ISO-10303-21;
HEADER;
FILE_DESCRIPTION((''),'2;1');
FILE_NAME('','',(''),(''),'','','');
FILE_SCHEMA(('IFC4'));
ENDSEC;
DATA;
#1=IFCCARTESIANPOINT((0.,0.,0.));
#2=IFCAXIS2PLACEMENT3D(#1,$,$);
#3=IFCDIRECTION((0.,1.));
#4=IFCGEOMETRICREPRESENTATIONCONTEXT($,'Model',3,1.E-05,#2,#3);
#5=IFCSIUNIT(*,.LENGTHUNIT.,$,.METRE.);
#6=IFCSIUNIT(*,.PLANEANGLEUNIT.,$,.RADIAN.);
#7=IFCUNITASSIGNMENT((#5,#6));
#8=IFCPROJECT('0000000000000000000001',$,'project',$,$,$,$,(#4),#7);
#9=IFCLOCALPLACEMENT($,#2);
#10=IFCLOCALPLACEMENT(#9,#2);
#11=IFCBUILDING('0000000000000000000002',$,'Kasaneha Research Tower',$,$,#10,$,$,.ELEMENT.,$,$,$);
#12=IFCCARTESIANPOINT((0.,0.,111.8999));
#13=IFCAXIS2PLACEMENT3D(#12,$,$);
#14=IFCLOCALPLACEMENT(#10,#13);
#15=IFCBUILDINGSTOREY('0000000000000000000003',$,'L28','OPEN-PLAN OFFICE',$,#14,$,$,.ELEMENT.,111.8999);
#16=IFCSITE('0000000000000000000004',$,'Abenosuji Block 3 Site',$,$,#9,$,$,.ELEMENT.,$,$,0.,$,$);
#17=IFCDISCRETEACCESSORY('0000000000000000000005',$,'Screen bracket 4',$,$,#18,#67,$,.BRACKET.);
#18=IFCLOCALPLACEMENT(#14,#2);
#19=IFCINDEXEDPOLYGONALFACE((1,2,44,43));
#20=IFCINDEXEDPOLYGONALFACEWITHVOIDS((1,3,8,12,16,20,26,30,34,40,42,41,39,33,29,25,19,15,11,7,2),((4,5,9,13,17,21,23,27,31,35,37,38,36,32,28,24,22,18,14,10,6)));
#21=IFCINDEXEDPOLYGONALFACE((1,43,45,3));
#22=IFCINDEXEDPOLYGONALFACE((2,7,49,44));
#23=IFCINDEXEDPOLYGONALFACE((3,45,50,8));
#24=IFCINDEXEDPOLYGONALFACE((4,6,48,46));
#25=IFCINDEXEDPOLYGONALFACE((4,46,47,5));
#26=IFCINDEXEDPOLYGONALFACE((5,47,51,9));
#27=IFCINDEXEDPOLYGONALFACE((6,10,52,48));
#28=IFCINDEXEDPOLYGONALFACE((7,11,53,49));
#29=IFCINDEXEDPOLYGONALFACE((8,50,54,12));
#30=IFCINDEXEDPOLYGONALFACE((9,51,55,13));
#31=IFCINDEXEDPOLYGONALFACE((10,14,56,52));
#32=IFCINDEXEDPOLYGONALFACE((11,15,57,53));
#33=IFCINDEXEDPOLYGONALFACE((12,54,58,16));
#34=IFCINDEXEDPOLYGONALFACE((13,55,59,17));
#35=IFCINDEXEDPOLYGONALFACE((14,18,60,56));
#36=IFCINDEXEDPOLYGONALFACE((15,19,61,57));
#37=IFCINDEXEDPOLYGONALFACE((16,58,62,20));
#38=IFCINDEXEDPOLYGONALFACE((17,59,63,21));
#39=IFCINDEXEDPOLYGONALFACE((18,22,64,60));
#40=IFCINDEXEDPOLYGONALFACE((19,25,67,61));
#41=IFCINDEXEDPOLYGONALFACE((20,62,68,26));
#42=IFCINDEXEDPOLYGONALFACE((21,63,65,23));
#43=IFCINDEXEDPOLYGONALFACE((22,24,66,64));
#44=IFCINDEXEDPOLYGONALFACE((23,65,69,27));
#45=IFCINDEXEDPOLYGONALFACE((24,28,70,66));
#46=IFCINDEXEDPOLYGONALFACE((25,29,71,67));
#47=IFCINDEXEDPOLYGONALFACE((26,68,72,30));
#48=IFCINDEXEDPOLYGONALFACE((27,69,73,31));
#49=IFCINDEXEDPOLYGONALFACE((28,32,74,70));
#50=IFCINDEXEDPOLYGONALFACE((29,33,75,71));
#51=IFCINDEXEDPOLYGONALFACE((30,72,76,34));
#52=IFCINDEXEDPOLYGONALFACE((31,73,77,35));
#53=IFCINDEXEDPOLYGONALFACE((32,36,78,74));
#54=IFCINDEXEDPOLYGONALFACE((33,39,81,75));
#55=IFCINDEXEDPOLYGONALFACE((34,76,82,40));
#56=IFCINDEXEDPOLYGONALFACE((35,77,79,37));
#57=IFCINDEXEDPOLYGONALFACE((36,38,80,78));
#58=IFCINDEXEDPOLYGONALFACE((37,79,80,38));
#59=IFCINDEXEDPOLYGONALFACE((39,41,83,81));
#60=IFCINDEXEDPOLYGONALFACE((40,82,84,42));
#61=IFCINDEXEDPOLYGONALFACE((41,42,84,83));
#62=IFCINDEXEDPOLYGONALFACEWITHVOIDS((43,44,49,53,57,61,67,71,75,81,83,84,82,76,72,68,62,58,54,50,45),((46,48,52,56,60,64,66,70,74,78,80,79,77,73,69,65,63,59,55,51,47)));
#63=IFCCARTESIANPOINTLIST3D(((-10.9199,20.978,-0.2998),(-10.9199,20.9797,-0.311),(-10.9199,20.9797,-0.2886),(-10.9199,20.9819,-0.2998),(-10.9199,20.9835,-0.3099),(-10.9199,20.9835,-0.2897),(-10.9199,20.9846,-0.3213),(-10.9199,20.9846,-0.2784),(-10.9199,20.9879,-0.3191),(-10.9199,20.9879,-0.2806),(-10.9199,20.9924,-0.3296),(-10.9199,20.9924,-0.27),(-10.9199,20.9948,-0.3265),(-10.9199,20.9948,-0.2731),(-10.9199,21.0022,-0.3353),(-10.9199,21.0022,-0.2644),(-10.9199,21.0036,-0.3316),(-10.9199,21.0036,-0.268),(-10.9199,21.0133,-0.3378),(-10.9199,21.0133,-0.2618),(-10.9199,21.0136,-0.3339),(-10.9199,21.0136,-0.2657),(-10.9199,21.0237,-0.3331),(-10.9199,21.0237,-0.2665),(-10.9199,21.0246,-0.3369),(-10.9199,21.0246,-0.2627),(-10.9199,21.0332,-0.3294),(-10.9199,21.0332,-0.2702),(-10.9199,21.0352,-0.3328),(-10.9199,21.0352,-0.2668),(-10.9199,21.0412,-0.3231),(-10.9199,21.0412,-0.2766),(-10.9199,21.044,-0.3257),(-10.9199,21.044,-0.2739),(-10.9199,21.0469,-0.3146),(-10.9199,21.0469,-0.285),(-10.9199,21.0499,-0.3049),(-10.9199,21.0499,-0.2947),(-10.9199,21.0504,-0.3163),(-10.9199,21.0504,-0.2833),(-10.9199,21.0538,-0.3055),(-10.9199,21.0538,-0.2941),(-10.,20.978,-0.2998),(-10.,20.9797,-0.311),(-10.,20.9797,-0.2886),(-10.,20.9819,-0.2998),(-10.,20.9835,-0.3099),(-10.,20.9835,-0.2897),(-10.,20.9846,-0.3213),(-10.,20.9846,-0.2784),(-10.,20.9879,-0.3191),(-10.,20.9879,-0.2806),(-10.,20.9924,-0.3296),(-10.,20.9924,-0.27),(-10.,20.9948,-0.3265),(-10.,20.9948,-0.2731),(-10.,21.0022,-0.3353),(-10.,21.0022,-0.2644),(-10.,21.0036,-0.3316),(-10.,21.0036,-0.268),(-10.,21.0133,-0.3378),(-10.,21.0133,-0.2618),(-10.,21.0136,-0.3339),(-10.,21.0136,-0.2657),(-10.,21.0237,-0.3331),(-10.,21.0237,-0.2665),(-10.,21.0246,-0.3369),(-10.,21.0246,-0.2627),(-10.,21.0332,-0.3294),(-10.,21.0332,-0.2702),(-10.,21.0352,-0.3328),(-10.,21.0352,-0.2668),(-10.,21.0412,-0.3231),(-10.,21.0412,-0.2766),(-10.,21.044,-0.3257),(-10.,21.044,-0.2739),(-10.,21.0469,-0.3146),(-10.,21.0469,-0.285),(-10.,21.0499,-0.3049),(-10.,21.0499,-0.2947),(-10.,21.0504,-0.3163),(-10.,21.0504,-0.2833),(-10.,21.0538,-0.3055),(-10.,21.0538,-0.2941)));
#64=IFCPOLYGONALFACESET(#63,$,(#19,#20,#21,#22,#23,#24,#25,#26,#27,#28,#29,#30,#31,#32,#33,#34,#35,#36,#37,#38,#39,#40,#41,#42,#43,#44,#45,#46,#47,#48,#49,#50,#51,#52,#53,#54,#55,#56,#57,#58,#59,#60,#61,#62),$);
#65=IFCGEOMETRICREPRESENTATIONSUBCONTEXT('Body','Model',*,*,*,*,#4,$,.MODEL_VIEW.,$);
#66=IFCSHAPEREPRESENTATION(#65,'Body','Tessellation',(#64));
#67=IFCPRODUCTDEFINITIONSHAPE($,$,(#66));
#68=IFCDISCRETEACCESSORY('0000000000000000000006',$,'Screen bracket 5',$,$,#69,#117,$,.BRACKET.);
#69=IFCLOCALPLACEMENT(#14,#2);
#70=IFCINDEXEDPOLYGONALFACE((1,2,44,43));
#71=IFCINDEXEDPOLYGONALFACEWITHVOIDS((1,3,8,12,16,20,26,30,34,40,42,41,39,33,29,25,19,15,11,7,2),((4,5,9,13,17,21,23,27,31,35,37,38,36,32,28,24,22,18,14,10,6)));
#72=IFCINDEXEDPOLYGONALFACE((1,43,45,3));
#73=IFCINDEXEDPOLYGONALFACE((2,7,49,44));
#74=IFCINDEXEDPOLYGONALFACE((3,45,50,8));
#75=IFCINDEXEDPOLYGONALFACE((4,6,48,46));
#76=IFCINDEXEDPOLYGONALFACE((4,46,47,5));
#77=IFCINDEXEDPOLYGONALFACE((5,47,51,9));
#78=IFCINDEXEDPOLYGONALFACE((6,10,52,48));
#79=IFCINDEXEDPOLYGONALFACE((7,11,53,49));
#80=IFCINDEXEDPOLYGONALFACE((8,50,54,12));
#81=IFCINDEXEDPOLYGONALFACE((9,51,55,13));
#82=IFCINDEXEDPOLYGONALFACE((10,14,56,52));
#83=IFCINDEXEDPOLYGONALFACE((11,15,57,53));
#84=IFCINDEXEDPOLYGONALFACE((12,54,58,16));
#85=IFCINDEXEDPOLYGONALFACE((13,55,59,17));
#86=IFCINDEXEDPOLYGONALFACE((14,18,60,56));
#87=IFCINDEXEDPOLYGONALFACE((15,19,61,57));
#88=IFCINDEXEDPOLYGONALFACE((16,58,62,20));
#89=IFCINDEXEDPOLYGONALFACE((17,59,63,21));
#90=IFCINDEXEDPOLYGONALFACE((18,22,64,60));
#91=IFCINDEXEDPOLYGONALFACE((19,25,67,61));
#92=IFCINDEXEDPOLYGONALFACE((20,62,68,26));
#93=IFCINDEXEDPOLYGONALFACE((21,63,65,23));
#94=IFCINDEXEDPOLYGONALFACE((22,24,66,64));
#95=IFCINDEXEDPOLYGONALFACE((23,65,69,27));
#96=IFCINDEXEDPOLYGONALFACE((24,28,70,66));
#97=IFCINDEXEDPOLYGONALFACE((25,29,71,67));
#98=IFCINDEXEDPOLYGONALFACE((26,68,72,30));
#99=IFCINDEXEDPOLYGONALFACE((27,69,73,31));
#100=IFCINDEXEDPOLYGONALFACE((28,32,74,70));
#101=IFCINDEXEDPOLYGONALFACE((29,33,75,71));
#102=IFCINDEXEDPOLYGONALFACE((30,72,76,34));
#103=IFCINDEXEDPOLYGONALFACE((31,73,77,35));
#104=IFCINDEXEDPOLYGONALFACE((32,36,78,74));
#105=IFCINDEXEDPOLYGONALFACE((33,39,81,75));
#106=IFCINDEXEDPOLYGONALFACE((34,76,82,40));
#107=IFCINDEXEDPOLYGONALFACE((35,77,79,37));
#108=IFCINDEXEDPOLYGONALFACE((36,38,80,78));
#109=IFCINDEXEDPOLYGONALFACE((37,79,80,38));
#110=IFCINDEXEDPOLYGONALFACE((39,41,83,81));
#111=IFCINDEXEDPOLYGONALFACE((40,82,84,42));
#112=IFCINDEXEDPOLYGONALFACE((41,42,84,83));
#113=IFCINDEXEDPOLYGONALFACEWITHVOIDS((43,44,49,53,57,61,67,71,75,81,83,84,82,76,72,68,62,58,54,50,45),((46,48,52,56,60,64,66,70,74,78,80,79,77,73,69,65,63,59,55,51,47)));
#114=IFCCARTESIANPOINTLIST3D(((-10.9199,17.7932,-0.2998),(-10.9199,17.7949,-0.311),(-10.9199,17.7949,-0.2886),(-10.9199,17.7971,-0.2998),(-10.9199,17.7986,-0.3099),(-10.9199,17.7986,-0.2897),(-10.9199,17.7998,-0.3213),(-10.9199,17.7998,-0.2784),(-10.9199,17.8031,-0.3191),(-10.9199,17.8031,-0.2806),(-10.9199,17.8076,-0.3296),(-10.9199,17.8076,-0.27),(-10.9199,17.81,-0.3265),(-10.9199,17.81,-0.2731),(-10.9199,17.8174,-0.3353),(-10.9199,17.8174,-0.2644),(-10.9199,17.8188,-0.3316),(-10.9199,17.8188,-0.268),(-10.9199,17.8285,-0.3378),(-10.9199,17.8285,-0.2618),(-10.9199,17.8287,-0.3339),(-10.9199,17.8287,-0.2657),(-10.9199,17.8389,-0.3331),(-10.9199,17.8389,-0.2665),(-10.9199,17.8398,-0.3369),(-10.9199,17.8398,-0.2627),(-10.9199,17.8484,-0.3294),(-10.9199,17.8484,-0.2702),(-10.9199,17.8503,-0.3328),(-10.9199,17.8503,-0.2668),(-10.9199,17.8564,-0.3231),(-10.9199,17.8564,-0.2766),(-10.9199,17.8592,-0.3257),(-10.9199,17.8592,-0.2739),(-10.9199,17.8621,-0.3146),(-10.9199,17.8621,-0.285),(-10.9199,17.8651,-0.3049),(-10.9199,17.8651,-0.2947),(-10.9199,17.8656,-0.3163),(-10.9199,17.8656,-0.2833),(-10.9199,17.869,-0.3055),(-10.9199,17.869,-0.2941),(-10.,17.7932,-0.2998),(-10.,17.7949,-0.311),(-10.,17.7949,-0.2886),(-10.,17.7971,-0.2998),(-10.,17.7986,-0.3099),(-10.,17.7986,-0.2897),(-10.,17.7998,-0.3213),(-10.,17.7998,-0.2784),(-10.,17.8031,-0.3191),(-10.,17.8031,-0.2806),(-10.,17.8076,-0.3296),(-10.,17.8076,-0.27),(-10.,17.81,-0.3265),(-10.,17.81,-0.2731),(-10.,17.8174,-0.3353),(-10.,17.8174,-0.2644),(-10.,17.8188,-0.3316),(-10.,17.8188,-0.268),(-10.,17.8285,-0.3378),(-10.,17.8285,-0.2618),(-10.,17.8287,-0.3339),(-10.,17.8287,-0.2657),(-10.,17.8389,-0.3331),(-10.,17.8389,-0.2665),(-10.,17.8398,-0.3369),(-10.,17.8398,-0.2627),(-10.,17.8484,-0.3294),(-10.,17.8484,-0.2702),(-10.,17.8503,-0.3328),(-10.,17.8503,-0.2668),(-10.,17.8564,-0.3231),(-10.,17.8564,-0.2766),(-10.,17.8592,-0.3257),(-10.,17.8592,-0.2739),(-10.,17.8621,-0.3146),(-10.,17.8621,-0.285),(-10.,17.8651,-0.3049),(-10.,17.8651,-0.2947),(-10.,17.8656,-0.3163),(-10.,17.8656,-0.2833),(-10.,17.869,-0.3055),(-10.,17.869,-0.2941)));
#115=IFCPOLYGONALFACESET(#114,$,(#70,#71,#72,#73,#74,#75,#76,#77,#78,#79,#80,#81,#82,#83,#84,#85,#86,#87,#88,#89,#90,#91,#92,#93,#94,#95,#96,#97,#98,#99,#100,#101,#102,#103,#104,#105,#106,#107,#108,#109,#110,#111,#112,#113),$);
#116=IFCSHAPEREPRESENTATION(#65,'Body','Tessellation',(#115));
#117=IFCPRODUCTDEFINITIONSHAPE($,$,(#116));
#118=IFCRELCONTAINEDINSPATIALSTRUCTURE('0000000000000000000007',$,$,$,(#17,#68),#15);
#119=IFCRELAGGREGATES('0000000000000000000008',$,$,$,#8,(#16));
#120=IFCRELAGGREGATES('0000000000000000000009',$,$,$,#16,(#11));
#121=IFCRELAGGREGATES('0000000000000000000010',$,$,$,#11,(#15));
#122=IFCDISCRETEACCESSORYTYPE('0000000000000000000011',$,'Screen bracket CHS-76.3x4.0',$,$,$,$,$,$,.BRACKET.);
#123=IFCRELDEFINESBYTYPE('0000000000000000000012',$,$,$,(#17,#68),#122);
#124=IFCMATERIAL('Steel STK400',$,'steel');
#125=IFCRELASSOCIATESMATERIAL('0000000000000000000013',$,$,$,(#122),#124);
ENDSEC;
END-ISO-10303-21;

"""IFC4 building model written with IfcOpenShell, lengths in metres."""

from ifc_helpers import new_model, si_unit, direction, frame, origin, origin_2d, place, context, subcontext, project, spatial, hollow_circle, extrude, material, material_profile, profile_set, type_object, element, save


model = new_model("IFC4")

# Units and contexts
model_context = context("Model", 3, precision=1e-05, world=origin(), true_north=direction((0.0, 1.0)))
body_context = subcontext(model_context, "Body", "Model", "MODEL_VIEW")
ifc_project = project(units=[si_unit("LENGTHUNIT", "METRE"), si_unit("PLANEANGLEUNIT", "RADIAN")], contexts=[model_context])

# Site, building, storey
site_placement = place(None, origin())
site = spatial("IfcSite", under=ifc_project, at=site_placement, Name="Abenosuji Block 3 Site", CompositionType="ELEMENT", RefElevation=0.0)
building_placement = place(site_placement, origin())
building = spatial("IfcBuilding", under=site, at=building_placement, Name="Kasaneha Research Tower", CompositionType="ELEMENT")
storey_placement = place(building_placement, frame((0.0, 0.0, 111.8999)))
storey = spatial("IfcBuildingStorey", under=building, at=storey_placement, Name="L28", Description="OPEN-PLAN OFFICE", CompositionType="ELEMENT", Elevation=111.8999)

# Discrete accessories
ifc_material_1 = material(Name="Steel STK400", Category="steel")
ifc_material_profile_1 = material_profile(ifc_material_1, hollow_circle(Radius=0.0381, WallThickness=0.0039, at=origin_2d()), Name="CHS-76.3x4.0")
ifc_profile_set_1 = profile_set([ifc_material_profile_1], Name="Steel STK400")
discrete_accessory_type = type_object("IfcDiscreteAccessoryType", Name="Screen bracket CHS-76.3x4.0", PredefinedType="BRACKET", material=ifc_profile_set_1)
for number, where, z_axis, x_axis, name in (
    (1, (-10.0, 21.0161, -0.2998), (-1.0, 0.0, 0.0), (0.0, -1.0, 0.0), "Screen bracket 4"),
    (2, (-10.0, 17.8313, -0.2998), (-1.0, 0.0, 0.0), (0.0, -1.0, 0.0), "Screen bracket 5"),
):
    element("IfcDiscreteAccessory", number, at=place(storey_placement, frame(where, z_axis=z_axis, x_axis=x_axis)), inside=storey, type_object=discrete_accessory_type, Name=name, PredefinedType="BRACKET", context=body_context, shape_type="SweptSolid", body=[
        extrude(hollow_circle(Radius=0.0381, WallThickness=0.0039, at=origin_2d()), origin(), (0.0, 0.0, 1.0), 0.9199),
    ])

save(model, "model.ifc")
